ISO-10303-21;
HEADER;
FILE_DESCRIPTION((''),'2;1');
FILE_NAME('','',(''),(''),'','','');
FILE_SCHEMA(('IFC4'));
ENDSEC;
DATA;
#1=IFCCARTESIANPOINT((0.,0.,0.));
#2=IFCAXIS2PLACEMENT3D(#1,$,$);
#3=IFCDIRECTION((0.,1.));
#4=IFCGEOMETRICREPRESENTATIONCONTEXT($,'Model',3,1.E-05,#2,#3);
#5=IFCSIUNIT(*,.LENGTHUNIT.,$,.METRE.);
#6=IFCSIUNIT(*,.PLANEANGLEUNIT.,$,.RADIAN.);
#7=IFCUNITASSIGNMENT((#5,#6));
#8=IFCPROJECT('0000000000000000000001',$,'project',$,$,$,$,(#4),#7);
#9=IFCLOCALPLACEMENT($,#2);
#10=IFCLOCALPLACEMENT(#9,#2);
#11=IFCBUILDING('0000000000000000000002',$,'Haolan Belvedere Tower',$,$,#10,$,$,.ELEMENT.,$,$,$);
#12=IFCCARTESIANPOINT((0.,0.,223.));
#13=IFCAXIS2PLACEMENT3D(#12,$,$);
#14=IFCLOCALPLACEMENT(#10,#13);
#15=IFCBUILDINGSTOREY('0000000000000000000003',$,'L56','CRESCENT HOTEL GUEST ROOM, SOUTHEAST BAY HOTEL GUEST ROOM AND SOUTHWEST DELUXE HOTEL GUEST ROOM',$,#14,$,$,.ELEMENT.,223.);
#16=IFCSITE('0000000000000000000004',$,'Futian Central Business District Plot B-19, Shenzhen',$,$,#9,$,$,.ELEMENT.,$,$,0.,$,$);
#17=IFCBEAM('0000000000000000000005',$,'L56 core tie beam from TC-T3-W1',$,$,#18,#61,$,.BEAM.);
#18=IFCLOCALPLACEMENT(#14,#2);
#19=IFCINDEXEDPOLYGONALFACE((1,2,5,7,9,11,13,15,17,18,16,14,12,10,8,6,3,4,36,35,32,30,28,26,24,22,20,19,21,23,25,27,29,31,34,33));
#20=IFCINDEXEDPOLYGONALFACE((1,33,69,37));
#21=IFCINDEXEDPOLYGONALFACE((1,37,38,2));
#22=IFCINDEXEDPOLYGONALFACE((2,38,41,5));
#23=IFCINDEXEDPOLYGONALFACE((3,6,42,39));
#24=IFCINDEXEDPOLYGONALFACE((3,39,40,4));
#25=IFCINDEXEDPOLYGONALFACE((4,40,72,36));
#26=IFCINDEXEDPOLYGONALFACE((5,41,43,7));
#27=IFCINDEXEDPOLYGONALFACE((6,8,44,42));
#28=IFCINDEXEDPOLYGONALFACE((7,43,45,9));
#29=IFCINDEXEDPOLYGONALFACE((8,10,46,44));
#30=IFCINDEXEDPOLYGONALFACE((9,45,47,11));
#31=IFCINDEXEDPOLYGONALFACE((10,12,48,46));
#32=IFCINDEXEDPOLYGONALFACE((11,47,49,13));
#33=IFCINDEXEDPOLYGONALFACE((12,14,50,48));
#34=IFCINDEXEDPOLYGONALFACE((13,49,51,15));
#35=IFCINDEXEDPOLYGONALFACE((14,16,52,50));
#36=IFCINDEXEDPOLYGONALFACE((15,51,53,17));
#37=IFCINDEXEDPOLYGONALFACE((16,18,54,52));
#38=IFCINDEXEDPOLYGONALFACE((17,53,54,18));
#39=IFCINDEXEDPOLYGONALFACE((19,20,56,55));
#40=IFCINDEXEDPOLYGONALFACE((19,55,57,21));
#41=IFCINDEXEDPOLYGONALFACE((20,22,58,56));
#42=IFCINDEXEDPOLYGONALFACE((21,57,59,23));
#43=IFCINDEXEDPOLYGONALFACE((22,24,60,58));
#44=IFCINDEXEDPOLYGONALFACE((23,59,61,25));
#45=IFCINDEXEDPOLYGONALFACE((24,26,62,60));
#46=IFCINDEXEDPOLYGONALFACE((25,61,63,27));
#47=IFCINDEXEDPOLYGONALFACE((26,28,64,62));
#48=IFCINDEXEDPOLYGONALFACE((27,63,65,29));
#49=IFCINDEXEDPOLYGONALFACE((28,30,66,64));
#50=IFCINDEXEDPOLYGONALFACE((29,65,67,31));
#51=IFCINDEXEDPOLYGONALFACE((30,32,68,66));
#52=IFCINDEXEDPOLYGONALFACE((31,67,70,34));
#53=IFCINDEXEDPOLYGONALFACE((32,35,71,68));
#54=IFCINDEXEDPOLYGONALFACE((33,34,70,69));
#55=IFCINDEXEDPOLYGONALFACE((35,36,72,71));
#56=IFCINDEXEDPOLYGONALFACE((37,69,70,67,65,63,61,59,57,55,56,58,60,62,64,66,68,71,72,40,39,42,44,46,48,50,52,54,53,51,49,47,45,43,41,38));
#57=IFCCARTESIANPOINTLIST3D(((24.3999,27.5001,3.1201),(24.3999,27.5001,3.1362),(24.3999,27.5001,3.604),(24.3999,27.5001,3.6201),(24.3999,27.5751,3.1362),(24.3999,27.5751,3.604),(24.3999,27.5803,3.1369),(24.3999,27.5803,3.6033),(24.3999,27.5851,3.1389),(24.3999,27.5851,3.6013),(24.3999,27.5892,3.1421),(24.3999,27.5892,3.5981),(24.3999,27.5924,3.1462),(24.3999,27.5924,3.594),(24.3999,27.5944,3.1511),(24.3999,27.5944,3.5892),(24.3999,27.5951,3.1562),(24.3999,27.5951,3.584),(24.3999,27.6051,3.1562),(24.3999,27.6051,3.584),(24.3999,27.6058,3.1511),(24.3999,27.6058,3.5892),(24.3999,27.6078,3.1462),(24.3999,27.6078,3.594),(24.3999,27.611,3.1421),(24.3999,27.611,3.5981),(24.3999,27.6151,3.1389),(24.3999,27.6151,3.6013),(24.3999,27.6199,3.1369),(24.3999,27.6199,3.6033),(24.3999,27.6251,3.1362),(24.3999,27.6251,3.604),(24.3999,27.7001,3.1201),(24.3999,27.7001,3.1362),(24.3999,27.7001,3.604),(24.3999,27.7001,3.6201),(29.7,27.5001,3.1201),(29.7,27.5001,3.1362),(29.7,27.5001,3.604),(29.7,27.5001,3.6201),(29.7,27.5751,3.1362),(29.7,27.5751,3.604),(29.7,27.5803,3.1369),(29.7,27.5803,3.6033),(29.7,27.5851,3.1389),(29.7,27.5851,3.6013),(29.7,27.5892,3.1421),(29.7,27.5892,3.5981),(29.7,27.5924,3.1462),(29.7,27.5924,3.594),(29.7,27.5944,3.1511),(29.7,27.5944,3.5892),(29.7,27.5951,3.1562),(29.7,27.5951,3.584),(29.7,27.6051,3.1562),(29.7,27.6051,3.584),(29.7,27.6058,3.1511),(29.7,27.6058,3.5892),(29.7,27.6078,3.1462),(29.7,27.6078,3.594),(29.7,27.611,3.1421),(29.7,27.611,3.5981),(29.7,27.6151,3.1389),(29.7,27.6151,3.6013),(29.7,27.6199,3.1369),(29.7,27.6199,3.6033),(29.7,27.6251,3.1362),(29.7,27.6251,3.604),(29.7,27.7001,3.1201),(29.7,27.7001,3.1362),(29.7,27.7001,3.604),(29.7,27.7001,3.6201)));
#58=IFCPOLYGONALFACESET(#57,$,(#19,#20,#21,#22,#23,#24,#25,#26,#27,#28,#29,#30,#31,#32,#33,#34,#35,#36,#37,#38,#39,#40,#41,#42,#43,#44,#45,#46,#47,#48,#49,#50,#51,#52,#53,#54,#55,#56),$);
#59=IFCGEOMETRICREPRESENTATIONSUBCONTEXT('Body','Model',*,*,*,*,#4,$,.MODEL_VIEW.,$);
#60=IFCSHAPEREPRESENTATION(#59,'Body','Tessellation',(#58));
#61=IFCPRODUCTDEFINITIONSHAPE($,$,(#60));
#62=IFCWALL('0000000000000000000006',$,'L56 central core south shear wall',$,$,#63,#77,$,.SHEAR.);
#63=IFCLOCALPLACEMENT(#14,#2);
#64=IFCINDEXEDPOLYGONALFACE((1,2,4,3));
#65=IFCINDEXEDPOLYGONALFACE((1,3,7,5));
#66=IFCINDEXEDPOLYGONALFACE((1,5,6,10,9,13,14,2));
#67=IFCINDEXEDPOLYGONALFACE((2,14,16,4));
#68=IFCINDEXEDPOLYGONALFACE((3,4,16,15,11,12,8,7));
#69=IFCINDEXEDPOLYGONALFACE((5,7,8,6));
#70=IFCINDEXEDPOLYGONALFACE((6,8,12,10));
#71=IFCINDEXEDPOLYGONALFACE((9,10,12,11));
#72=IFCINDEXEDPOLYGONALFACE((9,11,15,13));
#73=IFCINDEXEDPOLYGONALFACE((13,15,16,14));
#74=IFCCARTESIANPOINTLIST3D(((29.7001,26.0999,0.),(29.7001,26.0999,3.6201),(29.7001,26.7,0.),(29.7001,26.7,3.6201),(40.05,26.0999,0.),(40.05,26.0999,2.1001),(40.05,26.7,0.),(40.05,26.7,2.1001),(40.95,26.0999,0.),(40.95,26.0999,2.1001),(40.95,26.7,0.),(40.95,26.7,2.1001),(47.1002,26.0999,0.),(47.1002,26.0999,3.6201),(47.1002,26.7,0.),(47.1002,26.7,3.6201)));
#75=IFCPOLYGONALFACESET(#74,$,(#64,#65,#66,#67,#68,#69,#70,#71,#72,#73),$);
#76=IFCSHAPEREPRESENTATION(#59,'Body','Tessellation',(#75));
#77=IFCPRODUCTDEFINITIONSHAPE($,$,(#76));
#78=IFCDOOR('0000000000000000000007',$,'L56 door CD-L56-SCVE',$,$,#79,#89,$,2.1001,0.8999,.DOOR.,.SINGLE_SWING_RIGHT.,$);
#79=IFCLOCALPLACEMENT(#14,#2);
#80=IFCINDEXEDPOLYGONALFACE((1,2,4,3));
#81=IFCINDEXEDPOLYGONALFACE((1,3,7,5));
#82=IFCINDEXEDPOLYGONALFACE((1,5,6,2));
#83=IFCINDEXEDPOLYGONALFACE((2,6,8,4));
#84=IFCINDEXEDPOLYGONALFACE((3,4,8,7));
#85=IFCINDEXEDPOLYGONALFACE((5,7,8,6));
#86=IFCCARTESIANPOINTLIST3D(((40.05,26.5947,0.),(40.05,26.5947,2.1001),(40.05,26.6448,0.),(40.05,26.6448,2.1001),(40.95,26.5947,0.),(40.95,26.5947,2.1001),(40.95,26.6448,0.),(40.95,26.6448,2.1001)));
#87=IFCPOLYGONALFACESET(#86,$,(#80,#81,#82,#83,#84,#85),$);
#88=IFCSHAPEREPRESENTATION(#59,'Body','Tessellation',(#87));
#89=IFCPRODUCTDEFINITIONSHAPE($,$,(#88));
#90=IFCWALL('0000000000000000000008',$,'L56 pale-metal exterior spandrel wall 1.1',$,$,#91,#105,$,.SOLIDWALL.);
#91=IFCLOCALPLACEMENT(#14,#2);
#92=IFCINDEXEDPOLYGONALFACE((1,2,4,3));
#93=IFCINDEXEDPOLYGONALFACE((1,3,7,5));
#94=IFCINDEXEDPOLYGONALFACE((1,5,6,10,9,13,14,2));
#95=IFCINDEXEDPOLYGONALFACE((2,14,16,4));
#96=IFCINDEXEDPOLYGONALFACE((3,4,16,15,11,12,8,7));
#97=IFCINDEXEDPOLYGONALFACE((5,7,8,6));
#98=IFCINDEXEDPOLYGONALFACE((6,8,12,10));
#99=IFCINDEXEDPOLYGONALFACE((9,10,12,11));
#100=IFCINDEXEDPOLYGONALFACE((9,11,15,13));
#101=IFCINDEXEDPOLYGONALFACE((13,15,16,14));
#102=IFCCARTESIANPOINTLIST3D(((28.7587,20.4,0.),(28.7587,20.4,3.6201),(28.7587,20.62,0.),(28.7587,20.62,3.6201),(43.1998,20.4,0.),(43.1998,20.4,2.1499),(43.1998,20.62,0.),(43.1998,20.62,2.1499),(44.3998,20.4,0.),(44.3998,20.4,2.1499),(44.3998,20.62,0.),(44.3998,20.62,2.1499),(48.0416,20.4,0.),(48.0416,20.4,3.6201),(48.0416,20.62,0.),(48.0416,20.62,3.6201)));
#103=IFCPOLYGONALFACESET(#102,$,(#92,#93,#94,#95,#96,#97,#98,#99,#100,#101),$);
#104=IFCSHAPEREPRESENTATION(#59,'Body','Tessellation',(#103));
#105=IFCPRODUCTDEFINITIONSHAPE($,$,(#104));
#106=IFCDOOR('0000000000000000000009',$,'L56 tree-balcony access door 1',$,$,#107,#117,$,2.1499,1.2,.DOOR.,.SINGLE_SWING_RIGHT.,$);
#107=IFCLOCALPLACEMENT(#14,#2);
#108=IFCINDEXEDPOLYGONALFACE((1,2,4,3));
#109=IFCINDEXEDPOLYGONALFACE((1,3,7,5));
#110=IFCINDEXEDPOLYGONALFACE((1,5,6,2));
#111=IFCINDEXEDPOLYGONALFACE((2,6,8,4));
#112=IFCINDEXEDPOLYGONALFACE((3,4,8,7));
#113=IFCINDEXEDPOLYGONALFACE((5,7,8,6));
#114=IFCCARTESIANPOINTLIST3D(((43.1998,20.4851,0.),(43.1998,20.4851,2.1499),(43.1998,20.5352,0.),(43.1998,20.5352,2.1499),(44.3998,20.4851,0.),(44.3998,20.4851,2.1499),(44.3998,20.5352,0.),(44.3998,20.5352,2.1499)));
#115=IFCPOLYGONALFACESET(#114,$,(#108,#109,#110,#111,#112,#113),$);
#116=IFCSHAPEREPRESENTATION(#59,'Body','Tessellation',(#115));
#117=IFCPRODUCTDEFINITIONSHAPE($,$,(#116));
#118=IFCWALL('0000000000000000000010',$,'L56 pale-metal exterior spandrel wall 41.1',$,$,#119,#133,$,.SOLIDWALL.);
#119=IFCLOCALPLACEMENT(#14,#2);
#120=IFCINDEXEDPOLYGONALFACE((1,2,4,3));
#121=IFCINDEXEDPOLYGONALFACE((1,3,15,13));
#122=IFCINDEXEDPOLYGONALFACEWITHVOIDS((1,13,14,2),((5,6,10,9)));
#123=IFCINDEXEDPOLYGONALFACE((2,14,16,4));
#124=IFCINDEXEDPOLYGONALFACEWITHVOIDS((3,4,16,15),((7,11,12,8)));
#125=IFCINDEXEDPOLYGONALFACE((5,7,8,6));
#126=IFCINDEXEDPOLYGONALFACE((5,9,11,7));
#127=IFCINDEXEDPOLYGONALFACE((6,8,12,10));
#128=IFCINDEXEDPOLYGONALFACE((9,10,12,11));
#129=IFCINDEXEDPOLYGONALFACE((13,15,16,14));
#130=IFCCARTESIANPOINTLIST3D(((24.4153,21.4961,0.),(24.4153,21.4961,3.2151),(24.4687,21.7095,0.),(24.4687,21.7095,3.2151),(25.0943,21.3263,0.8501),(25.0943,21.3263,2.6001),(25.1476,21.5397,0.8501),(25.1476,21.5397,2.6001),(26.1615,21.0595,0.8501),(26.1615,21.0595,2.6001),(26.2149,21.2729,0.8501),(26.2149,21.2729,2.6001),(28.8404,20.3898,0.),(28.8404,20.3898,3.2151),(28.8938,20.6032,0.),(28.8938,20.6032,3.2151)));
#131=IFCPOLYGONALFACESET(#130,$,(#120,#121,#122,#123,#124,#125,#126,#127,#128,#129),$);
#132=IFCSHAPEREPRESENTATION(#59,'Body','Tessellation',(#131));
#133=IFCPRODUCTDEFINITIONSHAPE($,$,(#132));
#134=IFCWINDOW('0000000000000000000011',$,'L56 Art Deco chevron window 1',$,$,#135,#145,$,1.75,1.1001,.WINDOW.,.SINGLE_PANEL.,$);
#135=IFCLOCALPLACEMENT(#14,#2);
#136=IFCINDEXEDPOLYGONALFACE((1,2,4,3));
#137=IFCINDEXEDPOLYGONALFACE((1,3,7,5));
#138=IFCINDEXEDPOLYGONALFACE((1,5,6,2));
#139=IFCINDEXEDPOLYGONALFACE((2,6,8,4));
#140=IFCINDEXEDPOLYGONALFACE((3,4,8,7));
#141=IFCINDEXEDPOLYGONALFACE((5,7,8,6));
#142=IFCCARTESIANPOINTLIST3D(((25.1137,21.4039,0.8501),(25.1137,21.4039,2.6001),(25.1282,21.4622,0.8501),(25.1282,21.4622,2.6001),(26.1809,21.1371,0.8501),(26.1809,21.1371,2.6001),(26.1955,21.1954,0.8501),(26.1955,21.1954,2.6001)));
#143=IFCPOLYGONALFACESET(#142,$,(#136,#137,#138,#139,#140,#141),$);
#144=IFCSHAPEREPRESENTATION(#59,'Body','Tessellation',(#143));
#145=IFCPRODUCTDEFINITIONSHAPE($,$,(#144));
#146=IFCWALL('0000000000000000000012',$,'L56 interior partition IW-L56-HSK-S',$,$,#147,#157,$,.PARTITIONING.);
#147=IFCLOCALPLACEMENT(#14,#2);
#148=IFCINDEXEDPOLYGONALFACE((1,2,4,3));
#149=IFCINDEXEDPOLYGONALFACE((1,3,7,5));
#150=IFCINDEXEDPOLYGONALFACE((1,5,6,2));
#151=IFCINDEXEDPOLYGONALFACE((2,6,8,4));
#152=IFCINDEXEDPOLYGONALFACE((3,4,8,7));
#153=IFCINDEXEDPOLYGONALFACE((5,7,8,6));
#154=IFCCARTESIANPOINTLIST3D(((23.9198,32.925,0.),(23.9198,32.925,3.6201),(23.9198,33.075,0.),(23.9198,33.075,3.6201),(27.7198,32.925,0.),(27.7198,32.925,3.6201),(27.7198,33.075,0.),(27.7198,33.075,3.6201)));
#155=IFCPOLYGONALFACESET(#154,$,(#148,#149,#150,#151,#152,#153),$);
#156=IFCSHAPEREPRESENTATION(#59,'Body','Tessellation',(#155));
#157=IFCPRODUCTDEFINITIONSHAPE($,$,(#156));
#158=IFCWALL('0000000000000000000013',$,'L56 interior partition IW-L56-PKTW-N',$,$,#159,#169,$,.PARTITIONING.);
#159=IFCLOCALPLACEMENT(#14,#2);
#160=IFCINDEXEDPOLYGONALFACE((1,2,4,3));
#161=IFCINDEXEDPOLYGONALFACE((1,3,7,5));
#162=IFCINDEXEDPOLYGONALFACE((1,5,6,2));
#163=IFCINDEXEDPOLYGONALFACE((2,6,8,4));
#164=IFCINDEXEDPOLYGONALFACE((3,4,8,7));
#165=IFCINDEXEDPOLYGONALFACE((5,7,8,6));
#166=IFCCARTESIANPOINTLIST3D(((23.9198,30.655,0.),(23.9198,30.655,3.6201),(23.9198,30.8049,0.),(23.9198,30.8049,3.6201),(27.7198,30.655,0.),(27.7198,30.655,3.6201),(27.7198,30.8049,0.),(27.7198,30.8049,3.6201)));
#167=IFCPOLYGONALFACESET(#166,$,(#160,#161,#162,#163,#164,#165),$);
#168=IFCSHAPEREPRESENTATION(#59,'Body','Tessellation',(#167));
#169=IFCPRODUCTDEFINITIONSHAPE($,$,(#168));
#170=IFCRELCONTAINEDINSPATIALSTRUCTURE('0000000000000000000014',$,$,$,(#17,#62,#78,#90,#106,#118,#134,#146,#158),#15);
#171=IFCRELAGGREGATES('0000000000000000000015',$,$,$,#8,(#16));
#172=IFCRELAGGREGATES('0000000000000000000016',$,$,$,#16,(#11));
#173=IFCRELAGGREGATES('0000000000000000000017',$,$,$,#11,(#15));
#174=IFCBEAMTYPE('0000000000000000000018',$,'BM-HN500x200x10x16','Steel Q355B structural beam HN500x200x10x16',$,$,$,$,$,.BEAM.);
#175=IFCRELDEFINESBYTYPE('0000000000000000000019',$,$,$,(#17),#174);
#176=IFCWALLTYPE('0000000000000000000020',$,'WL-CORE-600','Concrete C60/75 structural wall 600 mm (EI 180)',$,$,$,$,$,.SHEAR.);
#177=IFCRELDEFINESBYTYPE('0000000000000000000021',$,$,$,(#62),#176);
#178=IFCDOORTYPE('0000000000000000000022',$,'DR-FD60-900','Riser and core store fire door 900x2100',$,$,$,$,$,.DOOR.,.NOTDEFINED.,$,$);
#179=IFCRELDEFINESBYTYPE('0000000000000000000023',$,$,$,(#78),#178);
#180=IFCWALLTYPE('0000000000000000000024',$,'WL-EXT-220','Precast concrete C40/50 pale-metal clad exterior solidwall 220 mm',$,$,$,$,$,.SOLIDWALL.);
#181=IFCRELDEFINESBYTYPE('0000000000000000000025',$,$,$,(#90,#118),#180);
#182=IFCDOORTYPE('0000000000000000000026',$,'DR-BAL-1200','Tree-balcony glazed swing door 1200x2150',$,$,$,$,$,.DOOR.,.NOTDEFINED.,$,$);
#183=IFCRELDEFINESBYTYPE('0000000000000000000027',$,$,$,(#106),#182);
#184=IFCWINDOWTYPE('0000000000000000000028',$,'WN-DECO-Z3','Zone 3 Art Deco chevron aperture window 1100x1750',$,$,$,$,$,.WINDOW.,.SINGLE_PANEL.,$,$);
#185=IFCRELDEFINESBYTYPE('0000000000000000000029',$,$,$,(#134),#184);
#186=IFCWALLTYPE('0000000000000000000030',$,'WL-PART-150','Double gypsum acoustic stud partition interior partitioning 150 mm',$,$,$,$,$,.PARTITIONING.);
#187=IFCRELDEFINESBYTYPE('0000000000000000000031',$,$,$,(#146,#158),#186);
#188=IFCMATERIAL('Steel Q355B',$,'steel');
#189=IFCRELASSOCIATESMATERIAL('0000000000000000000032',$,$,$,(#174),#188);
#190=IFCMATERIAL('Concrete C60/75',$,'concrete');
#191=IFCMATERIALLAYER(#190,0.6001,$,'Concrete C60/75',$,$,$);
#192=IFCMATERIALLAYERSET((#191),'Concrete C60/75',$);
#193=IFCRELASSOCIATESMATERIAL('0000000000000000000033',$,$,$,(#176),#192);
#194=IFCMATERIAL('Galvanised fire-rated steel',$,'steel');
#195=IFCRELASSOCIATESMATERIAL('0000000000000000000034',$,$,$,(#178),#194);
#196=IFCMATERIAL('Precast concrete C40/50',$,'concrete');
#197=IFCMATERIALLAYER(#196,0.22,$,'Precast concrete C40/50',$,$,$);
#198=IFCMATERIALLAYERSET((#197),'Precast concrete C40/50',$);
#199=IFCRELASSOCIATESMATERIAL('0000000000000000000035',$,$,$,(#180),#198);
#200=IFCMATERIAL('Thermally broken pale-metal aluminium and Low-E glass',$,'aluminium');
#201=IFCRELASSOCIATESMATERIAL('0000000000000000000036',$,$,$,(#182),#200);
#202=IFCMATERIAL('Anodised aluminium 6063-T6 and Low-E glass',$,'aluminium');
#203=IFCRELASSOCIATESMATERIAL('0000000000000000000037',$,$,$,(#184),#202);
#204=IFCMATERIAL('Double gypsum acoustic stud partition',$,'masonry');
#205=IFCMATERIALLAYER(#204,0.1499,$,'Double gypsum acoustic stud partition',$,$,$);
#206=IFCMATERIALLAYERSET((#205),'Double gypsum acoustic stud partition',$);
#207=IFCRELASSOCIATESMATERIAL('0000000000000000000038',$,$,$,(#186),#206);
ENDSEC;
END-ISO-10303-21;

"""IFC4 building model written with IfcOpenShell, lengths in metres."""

from ifc_helpers import new_model, si_unit, direction, frame, frame_2d, origin, origin_2d, place, context, subcontext, project, spatial, rectangle, i_section, extrude, material, layer, layer_set, material_profile, profile_set, type_object, element, fill, save


model = new_model("IFC4")

# Units and contexts
model_context = context("Model", 3, precision=1e-05, world=origin(), true_north=direction((0.0, 1.0)))
body_context = subcontext(model_context, "Body", "Model", "MODEL_VIEW")
ifc_project = project(units=[si_unit("LENGTHUNIT", "METRE"), si_unit("PLANEANGLEUNIT", "RADIAN")], contexts=[model_context])

# Site, building, storey
site_placement = place(None, origin())
site = spatial("IfcSite", under=ifc_project, at=site_placement, Name="Futian Central Business District Plot B-19, Shenzhen", CompositionType="ELEMENT", RefElevation=0.0)
building_placement = place(site_placement, origin())
building = spatial("IfcBuilding", under=site, at=building_placement, Name="Haolan Belvedere Tower", CompositionType="ELEMENT")
storey_placement = place(building_placement, frame((0.0, 0.0, 223.0)))
storey = spatial("IfcBuildingStorey", under=building, at=storey_placement, Name="L56", Description="CRESCENT HOTEL GUEST ROOM, SOUTHEAST BAY HOTEL GUEST ROOM AND SOUTHWEST DELUXE HOTEL GUEST ROOM", CompositionType="ELEMENT", Elevation=223.0)

# Beam
ifc_material_1 = material(Name="Steel Q355B", Category="steel")
ifc_material_profile_1 = material_profile(ifc_material_1, i_section(OverallWidth=0.2, OverallDepth=0.5, WebThickness=0.01, FlangeThickness=0.0161, FilletRadius=0.02, at=origin_2d()), Name="Steel Q355B")
ifc_profile_set_1 = profile_set([ifc_material_profile_1], Name="Steel Q355B")
beam_type_1 = type_object("IfcBeamType", Name="BM-HN500x200x10x16", Description="Steel Q355B structural beam HN500x200x10x16", PredefinedType="BEAM", material=ifc_profile_set_1)
beam_1_placement = place(storey_placement, frame((24.3999, 27.6001, 3.3701), z_axis=(1.0, 0.0, 0.0), x_axis=(0.0, 1.0, 0.0)))
element("IfcBeam", 1, at=beam_1_placement, inside=storey, type_object=beam_type_1, Name="L56 core tie beam from TC-T3-W1", PredefinedType="BEAM", context=body_context, shape_type="SweptSolid", body=[
    extrude(i_section(OverallWidth=0.2, OverallDepth=0.5, WebThickness=0.01, FlangeThickness=0.0161, FilletRadius=0.02, at=origin_2d()), origin(), (0.0, 0.0, 1.0), 5.3),
])

# Walls, openings, doors
ifc_material_2 = material(Name="Concrete C60/75", Category="concrete")
ifc_layer_1 = layer(ifc_material_2, 0.6001, Name="Concrete C60/75")
ifc_layer_set_1 = layer_set([ifc_layer_1], Name="Concrete C60/75")
wall_type_1 = type_object("IfcWallType", Name="WL-CORE-600", Description="Concrete C60/75 structural wall 600 mm (EI 180)", PredefinedType="SHEAR", material=ifc_layer_set_1)
wall_1_placement = place(storey_placement, frame((29.7, 26.3999, 0.0), z_axis=(0.0, 0.0, 1.0), x_axis=(1.0, 0.0, 0.0)))
wall_1 = element("IfcWall", 2, at=wall_1_placement, inside=storey, type_object=wall_type_1, Name="L56 central core south shear wall", PredefinedType="SHEAR", context=body_context, shape_type="SweptSolid", body=[
    extrude(rectangle(XDim=17.4001, YDim=0.6001, at=frame_2d((8.7002, 0.0))), origin(), (0.0, 0.0, 1.0), 3.6201),
])
opening_1_placement = place(wall_1_placement, frame((11.25, 0.0, 0.0), z_axis=(0.0, 0.0, 1.0), x_axis=(-1.0, 0.0, 0.0)))
opening_1 = element("IfcOpeningElement", 3, at=opening_1_placement, cuts=wall_1, PredefinedType="OPENING", context=body_context, shape_type="SweptSolid", body=[
    extrude(rectangle(XDim=0.8999, YDim=2.1001, at=frame_2d((0.45, 1.05))), frame((0.0, 0.3101, 0.0), z_axis=(0.0, -1.0, 0.0), x_axis=(1.0, 0.0, 0.0)), (0.0, 0.0, 1.0), 0.6201),
])
ifc_material_3 = material(Name="Galvanised fire-rated steel", Category="steel")
door_type_1 = type_object("IfcDoorType", Name="DR-FD60-900", Description="Riser and core store fire door 900x2100", OperationType="NOTDEFINED", PredefinedType="DOOR", material=ifc_material_3)
door_1_placement = place(opening_1_placement, origin())
door_1 = element("IfcDoor", 4, at=door_1_placement, inside=storey, type_object=door_type_1, Name="L56 door CD-L56-SCVE", OperationType="SINGLE_SWING_RIGHT", OverallHeight=2.1001, OverallWidth=0.8999, PredefinedType="DOOR", context=body_context, shape_type="SweptSolid", body=[
    extrude(rectangle(XDim=0.8999, YDim=2.1001, at=frame_2d((0.45, 1.05))), frame((0.0, -0.1948, 0.0), z_axis=(0.0, -1.0, 0.0), x_axis=(1.0, 0.0, 0.0)), (0.0, 0.0, 1.0), 0.05),
])
fill(opening_1, door_1)
ifc_material_4 = material(Name="Precast concrete C40/50", Category="concrete")
ifc_layer_2 = layer(ifc_material_4, 0.22, Name="Precast concrete C40/50")
ifc_layer_set_2 = layer_set([ifc_layer_2], Name="Precast concrete C40/50")
wall_type_2 = type_object("IfcWallType", Name="WL-EXT-220", Description="Precast concrete C40/50 pale-metal clad exterior solidwall 220 mm", PredefinedType="SOLIDWALL", material=ifc_layer_set_2)
wall_2_placement = place(storey_placement, frame((28.7585, 20.51, 0.0), z_axis=(0.0, 0.0, 1.0), x_axis=(1.0, 0.0, 0.0)))
wall_2 = element("IfcWall", 5, at=wall_2_placement, inside=storey, type_object=wall_type_2, Name="L56 pale-metal exterior spandrel wall 1.1", PredefinedType="SOLIDWALL", context=body_context, shape_type="SweptSolid", body=[
    extrude(rectangle(XDim=19.283, YDim=0.22, at=frame_2d((9.6416, 0.0))), origin(), (0.0, 0.0, 1.0), 3.6201),
])
opening_2_placement = place(wall_2_placement, frame((15.6414, 0.0, 0.0), z_axis=(0.0, 0.0, 1.0), x_axis=(-1.0, 0.0, 0.0)))
opening_2 = element("IfcOpeningElement", 6, at=opening_2_placement, cuts=wall_2, PredefinedType="OPENING", context=body_context, shape_type="SweptSolid", body=[
    extrude(rectangle(XDim=1.2, YDim=2.1499, at=frame_2d((0.6001, 1.075))), frame((0.0, 0.1199, 0.0), z_axis=(0.0, -1.0, 0.0), x_axis=(1.0, 0.0, 0.0)), (0.0, 0.0, 1.0), 0.24),
])
ifc_material_5 = material(Name="Thermally broken pale-metal aluminium and Low-E glass", Category="aluminium")
door_type_2 = type_object("IfcDoorType", Name="DR-BAL-1200", Description="Tree-balcony glazed swing door 1200x2150", OperationType="NOTDEFINED", PredefinedType="DOOR", material=ifc_material_5)
door_2_placement = place(opening_2_placement, origin())
door_2 = element("IfcDoor", 7, at=door_2_placement, inside=storey, type_object=door_type_2, Name="L56 tree-balcony access door 1", OperationType="SINGLE_SWING_RIGHT", OverallHeight=2.1499, OverallWidth=1.2, PredefinedType="DOOR", context=body_context, shape_type="SweptSolid", body=[
    extrude(rectangle(XDim=1.2, YDim=2.1499, at=frame_2d((0.6001, 1.075))), frame((0.0, 0.0249, 0.0), z_axis=(0.0, -1.0, 0.0), x_axis=(1.0, 0.0, 0.0)), (0.0, 0.0, 1.0), 0.05),
])
fill(opening_2, door_2)

# Wall, opening, window
wall_3_placement = place(storey_placement, frame((24.4419, 21.6028, 0.0), z_axis=(0.0, 0.0, 1.0), x_axis=(0.970146, -0.242523, 0.0)))
wall_3 = element("IfcWall", 8, at=wall_3_placement, inside=storey, type_object=wall_type_2, Name="L56 pale-metal exterior spandrel wall 41.1", PredefinedType="SOLIDWALL", context=body_context, shape_type="SweptSolid", body=[
    extrude(rectangle(XDim=4.5613, YDim=0.22, at=frame_2d((2.2808, 0.0))), origin(), (0.0, 0.0, 1.0), 3.2151),
])
opening_3_placement = place(wall_3_placement, frame((0.7, 0.0, 0.8501)))
opening_3 = element("IfcOpeningElement", 9, at=opening_3_placement, cuts=wall_3, PredefinedType="OPENING", context=body_context, shape_type="SweptSolid", body=[
    extrude(rectangle(XDim=1.1001, YDim=1.75, at=frame_2d((0.55, 0.875))), frame((0.0, 0.1199, 0.0), z_axis=(0.0, -1.0, 0.0), x_axis=(1.0, 0.0, 0.0)), (0.0, 0.0, 1.0), 0.24),
])
ifc_material_6 = material(Name="Anodised aluminium 6063-T6 and Low-E glass", Category="aluminium")
window_type = type_object("IfcWindowType", Name="WN-DECO-Z3", Description="Zone 3 Art Deco chevron aperture window 1100x1750", PartitioningType="SINGLE_PANEL", PredefinedType="WINDOW", material=ifc_material_6)
window_placement = place(opening_3_placement, origin())
window = element("IfcWindow", 10, at=window_placement, inside=storey, type_object=window_type, Name="L56 Art Deco chevron window 1", OverallHeight=1.75, OverallWidth=1.1001, PartitioningType="SINGLE_PANEL", PredefinedType="WINDOW", context=body_context, shape_type="SweptSolid", body=[
    extrude(rectangle(XDim=1.1001, YDim=1.75, at=frame_2d((0.55, 0.875))), frame((0.0, 0.03, 0.0), z_axis=(0.0, -1.0, 0.0), x_axis=(1.0, 0.0, 0.0)), (0.0, 0.0, 1.0), 0.0601),
])
fill(opening_3, window)

# Walls
ifc_material_7 = material(Name="Double gypsum acoustic stud partition", Category="masonry")
ifc_layer_3 = layer(ifc_material_7, 0.1499, Name="Double gypsum acoustic stud partition")
ifc_layer_set_3 = layer_set([ifc_layer_3], Name="Double gypsum acoustic stud partition")
wall_type_3 = type_object("IfcWallType", Name="WL-PART-150", Description="Double gypsum acoustic stud partition interior partitioning 150 mm", PredefinedType="PARTITIONING", material=ifc_layer_set_3)
for number, where, z_axis, x_axis, name in (
    (11, (23.9199, 33.0, 0.0), (0.0, 0.0, 1.0), (1.0, 0.0, 0.0), "L56 interior partition IW-L56-HSK-S"),
    (12, (23.9199, 30.73, 0.0), (0.0, 0.0, 1.0), (1.0, 0.0, 0.0), "L56 interior partition IW-L56-PKTW-N"),
):
    element("IfcWall", number, at=place(storey_placement, frame(where, z_axis=z_axis, x_axis=x_axis)), inside=storey, type_object=wall_type_3, Name=name, PredefinedType="PARTITIONING", context=body_context, shape_type="SweptSolid", body=[
        extrude(rectangle(XDim=3.8, YDim=0.1499, at=frame_2d((1.8999, 0.0))), origin(), (0.0, 0.0, 1.0), 3.6201),
    ])

save(model, "model.ifc")
